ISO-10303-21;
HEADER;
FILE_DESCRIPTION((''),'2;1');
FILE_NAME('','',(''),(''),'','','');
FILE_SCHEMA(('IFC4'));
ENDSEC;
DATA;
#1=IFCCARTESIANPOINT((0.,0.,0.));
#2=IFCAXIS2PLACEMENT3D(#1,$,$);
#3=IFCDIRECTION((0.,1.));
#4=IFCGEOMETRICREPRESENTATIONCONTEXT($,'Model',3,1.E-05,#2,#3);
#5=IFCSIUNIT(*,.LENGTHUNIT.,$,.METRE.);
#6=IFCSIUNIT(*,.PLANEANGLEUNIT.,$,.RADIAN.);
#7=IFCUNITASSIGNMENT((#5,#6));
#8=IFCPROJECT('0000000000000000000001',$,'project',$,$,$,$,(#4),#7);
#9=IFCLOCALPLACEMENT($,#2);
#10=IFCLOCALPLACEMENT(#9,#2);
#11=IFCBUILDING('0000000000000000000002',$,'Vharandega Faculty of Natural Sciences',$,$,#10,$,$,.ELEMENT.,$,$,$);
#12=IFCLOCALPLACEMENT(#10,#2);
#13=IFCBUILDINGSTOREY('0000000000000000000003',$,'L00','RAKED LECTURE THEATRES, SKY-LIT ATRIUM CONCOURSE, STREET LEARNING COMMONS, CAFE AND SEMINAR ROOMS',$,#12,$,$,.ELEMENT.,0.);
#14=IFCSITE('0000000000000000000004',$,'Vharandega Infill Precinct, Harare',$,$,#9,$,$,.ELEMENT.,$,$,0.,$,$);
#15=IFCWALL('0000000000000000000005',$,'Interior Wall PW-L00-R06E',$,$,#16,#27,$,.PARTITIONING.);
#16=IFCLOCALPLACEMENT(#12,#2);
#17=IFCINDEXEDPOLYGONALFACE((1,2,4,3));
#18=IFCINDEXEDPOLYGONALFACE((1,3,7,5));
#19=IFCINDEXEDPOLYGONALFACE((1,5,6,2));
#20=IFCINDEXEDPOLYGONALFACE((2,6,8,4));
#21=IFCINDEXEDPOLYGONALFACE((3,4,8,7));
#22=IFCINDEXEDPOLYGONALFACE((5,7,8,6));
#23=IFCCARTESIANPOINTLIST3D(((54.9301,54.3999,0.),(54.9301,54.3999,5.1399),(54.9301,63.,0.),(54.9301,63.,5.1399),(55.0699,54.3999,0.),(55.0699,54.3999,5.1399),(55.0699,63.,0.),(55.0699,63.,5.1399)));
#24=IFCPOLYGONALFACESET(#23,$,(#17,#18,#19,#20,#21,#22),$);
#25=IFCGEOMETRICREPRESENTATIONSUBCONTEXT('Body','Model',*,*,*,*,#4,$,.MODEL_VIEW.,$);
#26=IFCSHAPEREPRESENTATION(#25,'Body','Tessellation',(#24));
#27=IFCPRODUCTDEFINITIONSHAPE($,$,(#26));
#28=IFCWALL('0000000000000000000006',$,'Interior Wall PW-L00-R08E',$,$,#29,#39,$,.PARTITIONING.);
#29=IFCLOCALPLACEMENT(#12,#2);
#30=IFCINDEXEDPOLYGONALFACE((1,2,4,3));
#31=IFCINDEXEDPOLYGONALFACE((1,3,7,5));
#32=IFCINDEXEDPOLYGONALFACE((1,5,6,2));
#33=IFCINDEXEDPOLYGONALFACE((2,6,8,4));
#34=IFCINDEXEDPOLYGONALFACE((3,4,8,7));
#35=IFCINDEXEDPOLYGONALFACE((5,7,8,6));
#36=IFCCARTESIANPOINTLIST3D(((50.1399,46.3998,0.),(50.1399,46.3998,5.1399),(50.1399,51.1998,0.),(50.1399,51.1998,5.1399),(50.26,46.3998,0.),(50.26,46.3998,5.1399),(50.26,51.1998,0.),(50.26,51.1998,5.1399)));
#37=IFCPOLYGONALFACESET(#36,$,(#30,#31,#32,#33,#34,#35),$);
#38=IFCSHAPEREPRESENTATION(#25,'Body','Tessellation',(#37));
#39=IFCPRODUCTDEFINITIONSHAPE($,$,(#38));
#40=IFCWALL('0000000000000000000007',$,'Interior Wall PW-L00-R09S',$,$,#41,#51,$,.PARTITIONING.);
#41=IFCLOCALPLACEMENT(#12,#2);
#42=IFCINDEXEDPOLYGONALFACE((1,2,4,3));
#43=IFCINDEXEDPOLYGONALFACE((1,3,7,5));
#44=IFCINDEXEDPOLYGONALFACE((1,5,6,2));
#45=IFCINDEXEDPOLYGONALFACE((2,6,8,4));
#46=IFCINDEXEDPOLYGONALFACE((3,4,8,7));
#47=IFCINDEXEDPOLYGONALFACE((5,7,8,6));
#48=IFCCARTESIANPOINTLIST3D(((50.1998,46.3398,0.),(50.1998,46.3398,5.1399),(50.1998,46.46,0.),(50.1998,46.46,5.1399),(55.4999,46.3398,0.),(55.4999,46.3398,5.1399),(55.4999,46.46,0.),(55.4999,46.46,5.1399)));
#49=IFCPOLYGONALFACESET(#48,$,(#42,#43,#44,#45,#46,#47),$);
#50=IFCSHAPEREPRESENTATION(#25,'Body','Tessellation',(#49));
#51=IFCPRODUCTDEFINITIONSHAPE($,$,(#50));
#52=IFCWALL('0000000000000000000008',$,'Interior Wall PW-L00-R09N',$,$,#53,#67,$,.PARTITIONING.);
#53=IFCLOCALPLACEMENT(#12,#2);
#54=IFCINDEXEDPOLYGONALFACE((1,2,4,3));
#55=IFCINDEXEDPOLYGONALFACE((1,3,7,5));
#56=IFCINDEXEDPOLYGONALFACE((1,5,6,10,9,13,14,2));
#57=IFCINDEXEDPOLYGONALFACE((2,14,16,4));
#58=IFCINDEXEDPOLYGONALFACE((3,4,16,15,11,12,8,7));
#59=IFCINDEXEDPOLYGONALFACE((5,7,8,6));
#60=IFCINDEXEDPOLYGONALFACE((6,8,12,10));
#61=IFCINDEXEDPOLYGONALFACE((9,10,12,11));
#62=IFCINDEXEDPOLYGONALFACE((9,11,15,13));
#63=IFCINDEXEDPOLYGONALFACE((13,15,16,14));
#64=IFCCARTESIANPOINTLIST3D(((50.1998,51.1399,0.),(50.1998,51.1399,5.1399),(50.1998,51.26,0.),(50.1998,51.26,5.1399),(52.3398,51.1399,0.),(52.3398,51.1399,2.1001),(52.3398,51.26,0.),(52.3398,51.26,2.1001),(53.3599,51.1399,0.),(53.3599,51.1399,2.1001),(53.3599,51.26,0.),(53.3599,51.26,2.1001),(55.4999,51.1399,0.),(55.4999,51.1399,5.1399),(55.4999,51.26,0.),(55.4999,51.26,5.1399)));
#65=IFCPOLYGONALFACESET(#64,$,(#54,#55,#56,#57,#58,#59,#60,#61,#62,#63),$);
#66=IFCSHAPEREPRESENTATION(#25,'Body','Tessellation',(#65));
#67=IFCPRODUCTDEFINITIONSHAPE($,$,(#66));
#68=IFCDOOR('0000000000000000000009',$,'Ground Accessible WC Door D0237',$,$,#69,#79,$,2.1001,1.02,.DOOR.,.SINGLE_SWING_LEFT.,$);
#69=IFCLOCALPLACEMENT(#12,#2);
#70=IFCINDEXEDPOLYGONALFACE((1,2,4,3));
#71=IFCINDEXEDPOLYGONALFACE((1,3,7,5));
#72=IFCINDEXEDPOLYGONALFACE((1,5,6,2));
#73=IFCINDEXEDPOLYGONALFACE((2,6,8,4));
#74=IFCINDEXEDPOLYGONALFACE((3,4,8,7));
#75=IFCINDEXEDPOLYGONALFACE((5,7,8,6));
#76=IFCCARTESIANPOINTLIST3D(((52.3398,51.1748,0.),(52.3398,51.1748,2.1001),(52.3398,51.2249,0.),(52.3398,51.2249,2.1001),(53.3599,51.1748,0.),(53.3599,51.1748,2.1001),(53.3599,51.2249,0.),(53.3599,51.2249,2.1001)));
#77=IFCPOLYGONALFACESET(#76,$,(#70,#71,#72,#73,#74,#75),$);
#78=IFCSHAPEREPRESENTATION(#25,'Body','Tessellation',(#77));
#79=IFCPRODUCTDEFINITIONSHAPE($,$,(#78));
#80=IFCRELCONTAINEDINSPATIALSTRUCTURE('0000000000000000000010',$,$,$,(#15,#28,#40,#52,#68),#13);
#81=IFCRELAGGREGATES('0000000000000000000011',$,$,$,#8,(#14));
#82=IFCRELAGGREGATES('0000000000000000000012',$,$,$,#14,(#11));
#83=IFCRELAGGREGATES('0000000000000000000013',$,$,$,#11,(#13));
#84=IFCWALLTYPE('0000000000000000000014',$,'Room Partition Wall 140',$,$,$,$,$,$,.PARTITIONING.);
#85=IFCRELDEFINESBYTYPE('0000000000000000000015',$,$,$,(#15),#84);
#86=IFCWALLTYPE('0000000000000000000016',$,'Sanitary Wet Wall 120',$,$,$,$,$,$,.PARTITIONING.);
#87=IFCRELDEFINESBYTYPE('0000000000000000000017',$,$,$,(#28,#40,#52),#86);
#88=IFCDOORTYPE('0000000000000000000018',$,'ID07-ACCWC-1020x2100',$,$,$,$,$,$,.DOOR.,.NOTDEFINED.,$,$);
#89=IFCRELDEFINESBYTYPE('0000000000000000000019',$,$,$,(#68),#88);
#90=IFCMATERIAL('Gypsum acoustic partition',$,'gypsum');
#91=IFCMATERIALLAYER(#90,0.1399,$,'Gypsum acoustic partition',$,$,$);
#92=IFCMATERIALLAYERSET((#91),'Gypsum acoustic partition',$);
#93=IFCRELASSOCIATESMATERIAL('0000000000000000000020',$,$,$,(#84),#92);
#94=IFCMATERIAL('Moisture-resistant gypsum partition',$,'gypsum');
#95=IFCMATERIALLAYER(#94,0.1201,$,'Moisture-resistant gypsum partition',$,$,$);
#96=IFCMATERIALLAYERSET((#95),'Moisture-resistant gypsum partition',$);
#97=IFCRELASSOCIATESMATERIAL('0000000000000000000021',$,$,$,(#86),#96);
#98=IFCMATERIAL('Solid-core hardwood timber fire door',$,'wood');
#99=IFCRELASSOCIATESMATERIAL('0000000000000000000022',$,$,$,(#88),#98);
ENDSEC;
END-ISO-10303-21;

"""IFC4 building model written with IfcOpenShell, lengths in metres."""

from ifc_helpers import new_model, si_unit, direction, frame, frame_2d, origin, place, context, subcontext, project, spatial, rectangle, extrude, material, layer, layer_set, type_object, element, fill, save


model = new_model("IFC4")

# Units and contexts
model_context = context("Model", 3, precision=1e-05, world=origin(), true_north=direction((0.0, 1.0)))
body_context = subcontext(model_context, "Body", "Model", "MODEL_VIEW")
ifc_project = project(units=[si_unit("LENGTHUNIT", "METRE"), si_unit("PLANEANGLEUNIT", "RADIAN")], contexts=[model_context])

# Site, building, storey
site_placement = place(None, origin())
site = spatial("IfcSite", under=ifc_project, at=site_placement, Name="Vharandega Infill Precinct, Harare", CompositionType="ELEMENT", RefElevation=0.0)
building_placement = place(site_placement, origin())
building = spatial("IfcBuilding", under=site, at=building_placement, Name="Vharandega Faculty of Natural Sciences", CompositionType="ELEMENT")
storey_placement = place(building_placement, origin())
storey = spatial("IfcBuildingStorey", under=building, at=storey_placement, Name="L00", Description="RAKED LECTURE THEATRES, SKY-LIT ATRIUM CONCOURSE, STREET LEARNING COMMONS, CAFE AND SEMINAR ROOMS", CompositionType="ELEMENT", Elevation=0.0)

# Walls
ifc_material_1 = material(Name="Gypsum acoustic partition", Category="gypsum")
ifc_layer_1 = layer(ifc_material_1, 0.1399, Name="Gypsum acoustic partition")
ifc_layer_set_1 = layer_set([ifc_layer_1], Name="Gypsum acoustic partition")
wall_type_1 = type_object("IfcWallType", Name="Room Partition Wall 140", PredefinedType="PARTITIONING", material=ifc_layer_set_1)
wall_1_placement = place(storey_placement, frame((55.0, 54.3999, 0.0), z_axis=(0.0, 0.0, 1.0), x_axis=(0.0, 1.0, 0.0)))
element("IfcWall", 1, at=wall_1_placement, inside=storey, type_object=wall_type_1, Name="Interior Wall PW-L00-R06E", PredefinedType="PARTITIONING", context=body_context, shape_type="SweptSolid", body=[
    extrude(rectangle(XDim=8.6001, YDim=0.1399, at=frame_2d((4.3, 0.0))), origin(), (0.0, 0.0, 1.0), 5.1399),
])
ifc_material_2 = material(Name="Moisture-resistant gypsum partition", Category="gypsum")
ifc_layer_2 = layer(ifc_material_2, 0.1201, Name="Moisture-resistant gypsum partition")
ifc_layer_set_2 = layer_set([ifc_layer_2], Name="Moisture-resistant gypsum partition")
wall_type_2 = type_object("IfcWallType", Name="Sanitary Wet Wall 120", PredefinedType="PARTITIONING", material=ifc_layer_set_2)
wall_2_placement = place(storey_placement, frame((50.2, 46.3999, 0.0), z_axis=(0.0, 0.0, 1.0), x_axis=(0.0, 1.0, 0.0)))
element("IfcWall", 2, at=wall_2_placement, inside=storey, type_object=wall_type_2, Name="Interior Wall PW-L00-R08E", PredefinedType="PARTITIONING", context=body_context, shape_type="SweptSolid", body=[
    extrude(rectangle(XDim=4.8, YDim=0.1201, at=frame_2d((2.3999, 0.0))), origin(), (0.0, 0.0, 1.0), 5.1399),
])
wall_3_placement = place(storey_placement, frame((50.2, 46.3999, 0.0), z_axis=(0.0, 0.0, 1.0), x_axis=(1.0, 0.0, 0.0)))
element("IfcWall", 3, at=wall_3_placement, inside=storey, type_object=wall_type_2, Name="Interior Wall PW-L00-R09S", PredefinedType="PARTITIONING", context=body_context, shape_type="SweptSolid", body=[
    extrude(rectangle(XDim=5.3, YDim=0.1201, at=frame_2d((2.6499, 0.0))), origin(), (0.0, 0.0, 1.0), 5.1399),
])

# Wall, opening, door
wall_4_placement = place(storey_placement, frame((50.2, 51.2, 0.0), z_axis=(0.0, 0.0, 1.0), x_axis=(1.0, 0.0, 0.0)))
wall_4 = element("IfcWall", 4, at=wall_4_placement, inside=storey, type_object=wall_type_2, Name="Interior Wall PW-L00-R09N", PredefinedType="PARTITIONING", context=body_context, shape_type="SweptSolid", body=[
    extrude(rectangle(XDim=5.3, YDim=0.1201, at=frame_2d((2.6499, 0.0))), origin(), (0.0, 0.0, 1.0), 5.1399),
])
opening_placement = place(wall_4_placement, frame((2.1399, 0.0, 0.0)))
opening = element("IfcOpeningElement", 5, at=opening_placement, cuts=wall_4, PredefinedType="OPENING", context=body_context, shape_type="SweptSolid", body=[
    extrude(rectangle(XDim=1.02, YDim=2.1001, at=frame_2d((0.51, 1.05))), frame((0.0, 0.0701, 0.0), z_axis=(0.0, -1.0, 0.0), x_axis=(1.0, 0.0, 0.0)), (0.0, 0.0, 1.0), 0.1401),
])
ifc_material_3 = material(Name="Solid-core hardwood timber fire door", Category="wood")
door_type = type_object("IfcDoorType", Name="ID07-ACCWC-1020x2100", OperationType="NOTDEFINED", PredefinedType="DOOR", material=ifc_material_3)
door_placement = place(opening_placement, origin())
door = element("IfcDoor", 6, at=door_placement, inside=storey, type_object=door_type, Name="Ground Accessible WC Door D0237", OperationType="SINGLE_SWING_LEFT", OverallHeight=2.1001, OverallWidth=1.02, PredefinedType="DOOR", context=body_context, shape_type="SweptSolid", body=[
    extrude(rectangle(XDim=1.02, YDim=2.1001, at=frame_2d((0.51, 1.05))), frame((0.0, 0.0249, 0.0), z_axis=(0.0, -1.0, 0.0), x_axis=(1.0, 0.0, 0.0)), (0.0, 0.0, 1.0), 0.05),
])
fill(opening, door)

save(model, "model.ifc")
